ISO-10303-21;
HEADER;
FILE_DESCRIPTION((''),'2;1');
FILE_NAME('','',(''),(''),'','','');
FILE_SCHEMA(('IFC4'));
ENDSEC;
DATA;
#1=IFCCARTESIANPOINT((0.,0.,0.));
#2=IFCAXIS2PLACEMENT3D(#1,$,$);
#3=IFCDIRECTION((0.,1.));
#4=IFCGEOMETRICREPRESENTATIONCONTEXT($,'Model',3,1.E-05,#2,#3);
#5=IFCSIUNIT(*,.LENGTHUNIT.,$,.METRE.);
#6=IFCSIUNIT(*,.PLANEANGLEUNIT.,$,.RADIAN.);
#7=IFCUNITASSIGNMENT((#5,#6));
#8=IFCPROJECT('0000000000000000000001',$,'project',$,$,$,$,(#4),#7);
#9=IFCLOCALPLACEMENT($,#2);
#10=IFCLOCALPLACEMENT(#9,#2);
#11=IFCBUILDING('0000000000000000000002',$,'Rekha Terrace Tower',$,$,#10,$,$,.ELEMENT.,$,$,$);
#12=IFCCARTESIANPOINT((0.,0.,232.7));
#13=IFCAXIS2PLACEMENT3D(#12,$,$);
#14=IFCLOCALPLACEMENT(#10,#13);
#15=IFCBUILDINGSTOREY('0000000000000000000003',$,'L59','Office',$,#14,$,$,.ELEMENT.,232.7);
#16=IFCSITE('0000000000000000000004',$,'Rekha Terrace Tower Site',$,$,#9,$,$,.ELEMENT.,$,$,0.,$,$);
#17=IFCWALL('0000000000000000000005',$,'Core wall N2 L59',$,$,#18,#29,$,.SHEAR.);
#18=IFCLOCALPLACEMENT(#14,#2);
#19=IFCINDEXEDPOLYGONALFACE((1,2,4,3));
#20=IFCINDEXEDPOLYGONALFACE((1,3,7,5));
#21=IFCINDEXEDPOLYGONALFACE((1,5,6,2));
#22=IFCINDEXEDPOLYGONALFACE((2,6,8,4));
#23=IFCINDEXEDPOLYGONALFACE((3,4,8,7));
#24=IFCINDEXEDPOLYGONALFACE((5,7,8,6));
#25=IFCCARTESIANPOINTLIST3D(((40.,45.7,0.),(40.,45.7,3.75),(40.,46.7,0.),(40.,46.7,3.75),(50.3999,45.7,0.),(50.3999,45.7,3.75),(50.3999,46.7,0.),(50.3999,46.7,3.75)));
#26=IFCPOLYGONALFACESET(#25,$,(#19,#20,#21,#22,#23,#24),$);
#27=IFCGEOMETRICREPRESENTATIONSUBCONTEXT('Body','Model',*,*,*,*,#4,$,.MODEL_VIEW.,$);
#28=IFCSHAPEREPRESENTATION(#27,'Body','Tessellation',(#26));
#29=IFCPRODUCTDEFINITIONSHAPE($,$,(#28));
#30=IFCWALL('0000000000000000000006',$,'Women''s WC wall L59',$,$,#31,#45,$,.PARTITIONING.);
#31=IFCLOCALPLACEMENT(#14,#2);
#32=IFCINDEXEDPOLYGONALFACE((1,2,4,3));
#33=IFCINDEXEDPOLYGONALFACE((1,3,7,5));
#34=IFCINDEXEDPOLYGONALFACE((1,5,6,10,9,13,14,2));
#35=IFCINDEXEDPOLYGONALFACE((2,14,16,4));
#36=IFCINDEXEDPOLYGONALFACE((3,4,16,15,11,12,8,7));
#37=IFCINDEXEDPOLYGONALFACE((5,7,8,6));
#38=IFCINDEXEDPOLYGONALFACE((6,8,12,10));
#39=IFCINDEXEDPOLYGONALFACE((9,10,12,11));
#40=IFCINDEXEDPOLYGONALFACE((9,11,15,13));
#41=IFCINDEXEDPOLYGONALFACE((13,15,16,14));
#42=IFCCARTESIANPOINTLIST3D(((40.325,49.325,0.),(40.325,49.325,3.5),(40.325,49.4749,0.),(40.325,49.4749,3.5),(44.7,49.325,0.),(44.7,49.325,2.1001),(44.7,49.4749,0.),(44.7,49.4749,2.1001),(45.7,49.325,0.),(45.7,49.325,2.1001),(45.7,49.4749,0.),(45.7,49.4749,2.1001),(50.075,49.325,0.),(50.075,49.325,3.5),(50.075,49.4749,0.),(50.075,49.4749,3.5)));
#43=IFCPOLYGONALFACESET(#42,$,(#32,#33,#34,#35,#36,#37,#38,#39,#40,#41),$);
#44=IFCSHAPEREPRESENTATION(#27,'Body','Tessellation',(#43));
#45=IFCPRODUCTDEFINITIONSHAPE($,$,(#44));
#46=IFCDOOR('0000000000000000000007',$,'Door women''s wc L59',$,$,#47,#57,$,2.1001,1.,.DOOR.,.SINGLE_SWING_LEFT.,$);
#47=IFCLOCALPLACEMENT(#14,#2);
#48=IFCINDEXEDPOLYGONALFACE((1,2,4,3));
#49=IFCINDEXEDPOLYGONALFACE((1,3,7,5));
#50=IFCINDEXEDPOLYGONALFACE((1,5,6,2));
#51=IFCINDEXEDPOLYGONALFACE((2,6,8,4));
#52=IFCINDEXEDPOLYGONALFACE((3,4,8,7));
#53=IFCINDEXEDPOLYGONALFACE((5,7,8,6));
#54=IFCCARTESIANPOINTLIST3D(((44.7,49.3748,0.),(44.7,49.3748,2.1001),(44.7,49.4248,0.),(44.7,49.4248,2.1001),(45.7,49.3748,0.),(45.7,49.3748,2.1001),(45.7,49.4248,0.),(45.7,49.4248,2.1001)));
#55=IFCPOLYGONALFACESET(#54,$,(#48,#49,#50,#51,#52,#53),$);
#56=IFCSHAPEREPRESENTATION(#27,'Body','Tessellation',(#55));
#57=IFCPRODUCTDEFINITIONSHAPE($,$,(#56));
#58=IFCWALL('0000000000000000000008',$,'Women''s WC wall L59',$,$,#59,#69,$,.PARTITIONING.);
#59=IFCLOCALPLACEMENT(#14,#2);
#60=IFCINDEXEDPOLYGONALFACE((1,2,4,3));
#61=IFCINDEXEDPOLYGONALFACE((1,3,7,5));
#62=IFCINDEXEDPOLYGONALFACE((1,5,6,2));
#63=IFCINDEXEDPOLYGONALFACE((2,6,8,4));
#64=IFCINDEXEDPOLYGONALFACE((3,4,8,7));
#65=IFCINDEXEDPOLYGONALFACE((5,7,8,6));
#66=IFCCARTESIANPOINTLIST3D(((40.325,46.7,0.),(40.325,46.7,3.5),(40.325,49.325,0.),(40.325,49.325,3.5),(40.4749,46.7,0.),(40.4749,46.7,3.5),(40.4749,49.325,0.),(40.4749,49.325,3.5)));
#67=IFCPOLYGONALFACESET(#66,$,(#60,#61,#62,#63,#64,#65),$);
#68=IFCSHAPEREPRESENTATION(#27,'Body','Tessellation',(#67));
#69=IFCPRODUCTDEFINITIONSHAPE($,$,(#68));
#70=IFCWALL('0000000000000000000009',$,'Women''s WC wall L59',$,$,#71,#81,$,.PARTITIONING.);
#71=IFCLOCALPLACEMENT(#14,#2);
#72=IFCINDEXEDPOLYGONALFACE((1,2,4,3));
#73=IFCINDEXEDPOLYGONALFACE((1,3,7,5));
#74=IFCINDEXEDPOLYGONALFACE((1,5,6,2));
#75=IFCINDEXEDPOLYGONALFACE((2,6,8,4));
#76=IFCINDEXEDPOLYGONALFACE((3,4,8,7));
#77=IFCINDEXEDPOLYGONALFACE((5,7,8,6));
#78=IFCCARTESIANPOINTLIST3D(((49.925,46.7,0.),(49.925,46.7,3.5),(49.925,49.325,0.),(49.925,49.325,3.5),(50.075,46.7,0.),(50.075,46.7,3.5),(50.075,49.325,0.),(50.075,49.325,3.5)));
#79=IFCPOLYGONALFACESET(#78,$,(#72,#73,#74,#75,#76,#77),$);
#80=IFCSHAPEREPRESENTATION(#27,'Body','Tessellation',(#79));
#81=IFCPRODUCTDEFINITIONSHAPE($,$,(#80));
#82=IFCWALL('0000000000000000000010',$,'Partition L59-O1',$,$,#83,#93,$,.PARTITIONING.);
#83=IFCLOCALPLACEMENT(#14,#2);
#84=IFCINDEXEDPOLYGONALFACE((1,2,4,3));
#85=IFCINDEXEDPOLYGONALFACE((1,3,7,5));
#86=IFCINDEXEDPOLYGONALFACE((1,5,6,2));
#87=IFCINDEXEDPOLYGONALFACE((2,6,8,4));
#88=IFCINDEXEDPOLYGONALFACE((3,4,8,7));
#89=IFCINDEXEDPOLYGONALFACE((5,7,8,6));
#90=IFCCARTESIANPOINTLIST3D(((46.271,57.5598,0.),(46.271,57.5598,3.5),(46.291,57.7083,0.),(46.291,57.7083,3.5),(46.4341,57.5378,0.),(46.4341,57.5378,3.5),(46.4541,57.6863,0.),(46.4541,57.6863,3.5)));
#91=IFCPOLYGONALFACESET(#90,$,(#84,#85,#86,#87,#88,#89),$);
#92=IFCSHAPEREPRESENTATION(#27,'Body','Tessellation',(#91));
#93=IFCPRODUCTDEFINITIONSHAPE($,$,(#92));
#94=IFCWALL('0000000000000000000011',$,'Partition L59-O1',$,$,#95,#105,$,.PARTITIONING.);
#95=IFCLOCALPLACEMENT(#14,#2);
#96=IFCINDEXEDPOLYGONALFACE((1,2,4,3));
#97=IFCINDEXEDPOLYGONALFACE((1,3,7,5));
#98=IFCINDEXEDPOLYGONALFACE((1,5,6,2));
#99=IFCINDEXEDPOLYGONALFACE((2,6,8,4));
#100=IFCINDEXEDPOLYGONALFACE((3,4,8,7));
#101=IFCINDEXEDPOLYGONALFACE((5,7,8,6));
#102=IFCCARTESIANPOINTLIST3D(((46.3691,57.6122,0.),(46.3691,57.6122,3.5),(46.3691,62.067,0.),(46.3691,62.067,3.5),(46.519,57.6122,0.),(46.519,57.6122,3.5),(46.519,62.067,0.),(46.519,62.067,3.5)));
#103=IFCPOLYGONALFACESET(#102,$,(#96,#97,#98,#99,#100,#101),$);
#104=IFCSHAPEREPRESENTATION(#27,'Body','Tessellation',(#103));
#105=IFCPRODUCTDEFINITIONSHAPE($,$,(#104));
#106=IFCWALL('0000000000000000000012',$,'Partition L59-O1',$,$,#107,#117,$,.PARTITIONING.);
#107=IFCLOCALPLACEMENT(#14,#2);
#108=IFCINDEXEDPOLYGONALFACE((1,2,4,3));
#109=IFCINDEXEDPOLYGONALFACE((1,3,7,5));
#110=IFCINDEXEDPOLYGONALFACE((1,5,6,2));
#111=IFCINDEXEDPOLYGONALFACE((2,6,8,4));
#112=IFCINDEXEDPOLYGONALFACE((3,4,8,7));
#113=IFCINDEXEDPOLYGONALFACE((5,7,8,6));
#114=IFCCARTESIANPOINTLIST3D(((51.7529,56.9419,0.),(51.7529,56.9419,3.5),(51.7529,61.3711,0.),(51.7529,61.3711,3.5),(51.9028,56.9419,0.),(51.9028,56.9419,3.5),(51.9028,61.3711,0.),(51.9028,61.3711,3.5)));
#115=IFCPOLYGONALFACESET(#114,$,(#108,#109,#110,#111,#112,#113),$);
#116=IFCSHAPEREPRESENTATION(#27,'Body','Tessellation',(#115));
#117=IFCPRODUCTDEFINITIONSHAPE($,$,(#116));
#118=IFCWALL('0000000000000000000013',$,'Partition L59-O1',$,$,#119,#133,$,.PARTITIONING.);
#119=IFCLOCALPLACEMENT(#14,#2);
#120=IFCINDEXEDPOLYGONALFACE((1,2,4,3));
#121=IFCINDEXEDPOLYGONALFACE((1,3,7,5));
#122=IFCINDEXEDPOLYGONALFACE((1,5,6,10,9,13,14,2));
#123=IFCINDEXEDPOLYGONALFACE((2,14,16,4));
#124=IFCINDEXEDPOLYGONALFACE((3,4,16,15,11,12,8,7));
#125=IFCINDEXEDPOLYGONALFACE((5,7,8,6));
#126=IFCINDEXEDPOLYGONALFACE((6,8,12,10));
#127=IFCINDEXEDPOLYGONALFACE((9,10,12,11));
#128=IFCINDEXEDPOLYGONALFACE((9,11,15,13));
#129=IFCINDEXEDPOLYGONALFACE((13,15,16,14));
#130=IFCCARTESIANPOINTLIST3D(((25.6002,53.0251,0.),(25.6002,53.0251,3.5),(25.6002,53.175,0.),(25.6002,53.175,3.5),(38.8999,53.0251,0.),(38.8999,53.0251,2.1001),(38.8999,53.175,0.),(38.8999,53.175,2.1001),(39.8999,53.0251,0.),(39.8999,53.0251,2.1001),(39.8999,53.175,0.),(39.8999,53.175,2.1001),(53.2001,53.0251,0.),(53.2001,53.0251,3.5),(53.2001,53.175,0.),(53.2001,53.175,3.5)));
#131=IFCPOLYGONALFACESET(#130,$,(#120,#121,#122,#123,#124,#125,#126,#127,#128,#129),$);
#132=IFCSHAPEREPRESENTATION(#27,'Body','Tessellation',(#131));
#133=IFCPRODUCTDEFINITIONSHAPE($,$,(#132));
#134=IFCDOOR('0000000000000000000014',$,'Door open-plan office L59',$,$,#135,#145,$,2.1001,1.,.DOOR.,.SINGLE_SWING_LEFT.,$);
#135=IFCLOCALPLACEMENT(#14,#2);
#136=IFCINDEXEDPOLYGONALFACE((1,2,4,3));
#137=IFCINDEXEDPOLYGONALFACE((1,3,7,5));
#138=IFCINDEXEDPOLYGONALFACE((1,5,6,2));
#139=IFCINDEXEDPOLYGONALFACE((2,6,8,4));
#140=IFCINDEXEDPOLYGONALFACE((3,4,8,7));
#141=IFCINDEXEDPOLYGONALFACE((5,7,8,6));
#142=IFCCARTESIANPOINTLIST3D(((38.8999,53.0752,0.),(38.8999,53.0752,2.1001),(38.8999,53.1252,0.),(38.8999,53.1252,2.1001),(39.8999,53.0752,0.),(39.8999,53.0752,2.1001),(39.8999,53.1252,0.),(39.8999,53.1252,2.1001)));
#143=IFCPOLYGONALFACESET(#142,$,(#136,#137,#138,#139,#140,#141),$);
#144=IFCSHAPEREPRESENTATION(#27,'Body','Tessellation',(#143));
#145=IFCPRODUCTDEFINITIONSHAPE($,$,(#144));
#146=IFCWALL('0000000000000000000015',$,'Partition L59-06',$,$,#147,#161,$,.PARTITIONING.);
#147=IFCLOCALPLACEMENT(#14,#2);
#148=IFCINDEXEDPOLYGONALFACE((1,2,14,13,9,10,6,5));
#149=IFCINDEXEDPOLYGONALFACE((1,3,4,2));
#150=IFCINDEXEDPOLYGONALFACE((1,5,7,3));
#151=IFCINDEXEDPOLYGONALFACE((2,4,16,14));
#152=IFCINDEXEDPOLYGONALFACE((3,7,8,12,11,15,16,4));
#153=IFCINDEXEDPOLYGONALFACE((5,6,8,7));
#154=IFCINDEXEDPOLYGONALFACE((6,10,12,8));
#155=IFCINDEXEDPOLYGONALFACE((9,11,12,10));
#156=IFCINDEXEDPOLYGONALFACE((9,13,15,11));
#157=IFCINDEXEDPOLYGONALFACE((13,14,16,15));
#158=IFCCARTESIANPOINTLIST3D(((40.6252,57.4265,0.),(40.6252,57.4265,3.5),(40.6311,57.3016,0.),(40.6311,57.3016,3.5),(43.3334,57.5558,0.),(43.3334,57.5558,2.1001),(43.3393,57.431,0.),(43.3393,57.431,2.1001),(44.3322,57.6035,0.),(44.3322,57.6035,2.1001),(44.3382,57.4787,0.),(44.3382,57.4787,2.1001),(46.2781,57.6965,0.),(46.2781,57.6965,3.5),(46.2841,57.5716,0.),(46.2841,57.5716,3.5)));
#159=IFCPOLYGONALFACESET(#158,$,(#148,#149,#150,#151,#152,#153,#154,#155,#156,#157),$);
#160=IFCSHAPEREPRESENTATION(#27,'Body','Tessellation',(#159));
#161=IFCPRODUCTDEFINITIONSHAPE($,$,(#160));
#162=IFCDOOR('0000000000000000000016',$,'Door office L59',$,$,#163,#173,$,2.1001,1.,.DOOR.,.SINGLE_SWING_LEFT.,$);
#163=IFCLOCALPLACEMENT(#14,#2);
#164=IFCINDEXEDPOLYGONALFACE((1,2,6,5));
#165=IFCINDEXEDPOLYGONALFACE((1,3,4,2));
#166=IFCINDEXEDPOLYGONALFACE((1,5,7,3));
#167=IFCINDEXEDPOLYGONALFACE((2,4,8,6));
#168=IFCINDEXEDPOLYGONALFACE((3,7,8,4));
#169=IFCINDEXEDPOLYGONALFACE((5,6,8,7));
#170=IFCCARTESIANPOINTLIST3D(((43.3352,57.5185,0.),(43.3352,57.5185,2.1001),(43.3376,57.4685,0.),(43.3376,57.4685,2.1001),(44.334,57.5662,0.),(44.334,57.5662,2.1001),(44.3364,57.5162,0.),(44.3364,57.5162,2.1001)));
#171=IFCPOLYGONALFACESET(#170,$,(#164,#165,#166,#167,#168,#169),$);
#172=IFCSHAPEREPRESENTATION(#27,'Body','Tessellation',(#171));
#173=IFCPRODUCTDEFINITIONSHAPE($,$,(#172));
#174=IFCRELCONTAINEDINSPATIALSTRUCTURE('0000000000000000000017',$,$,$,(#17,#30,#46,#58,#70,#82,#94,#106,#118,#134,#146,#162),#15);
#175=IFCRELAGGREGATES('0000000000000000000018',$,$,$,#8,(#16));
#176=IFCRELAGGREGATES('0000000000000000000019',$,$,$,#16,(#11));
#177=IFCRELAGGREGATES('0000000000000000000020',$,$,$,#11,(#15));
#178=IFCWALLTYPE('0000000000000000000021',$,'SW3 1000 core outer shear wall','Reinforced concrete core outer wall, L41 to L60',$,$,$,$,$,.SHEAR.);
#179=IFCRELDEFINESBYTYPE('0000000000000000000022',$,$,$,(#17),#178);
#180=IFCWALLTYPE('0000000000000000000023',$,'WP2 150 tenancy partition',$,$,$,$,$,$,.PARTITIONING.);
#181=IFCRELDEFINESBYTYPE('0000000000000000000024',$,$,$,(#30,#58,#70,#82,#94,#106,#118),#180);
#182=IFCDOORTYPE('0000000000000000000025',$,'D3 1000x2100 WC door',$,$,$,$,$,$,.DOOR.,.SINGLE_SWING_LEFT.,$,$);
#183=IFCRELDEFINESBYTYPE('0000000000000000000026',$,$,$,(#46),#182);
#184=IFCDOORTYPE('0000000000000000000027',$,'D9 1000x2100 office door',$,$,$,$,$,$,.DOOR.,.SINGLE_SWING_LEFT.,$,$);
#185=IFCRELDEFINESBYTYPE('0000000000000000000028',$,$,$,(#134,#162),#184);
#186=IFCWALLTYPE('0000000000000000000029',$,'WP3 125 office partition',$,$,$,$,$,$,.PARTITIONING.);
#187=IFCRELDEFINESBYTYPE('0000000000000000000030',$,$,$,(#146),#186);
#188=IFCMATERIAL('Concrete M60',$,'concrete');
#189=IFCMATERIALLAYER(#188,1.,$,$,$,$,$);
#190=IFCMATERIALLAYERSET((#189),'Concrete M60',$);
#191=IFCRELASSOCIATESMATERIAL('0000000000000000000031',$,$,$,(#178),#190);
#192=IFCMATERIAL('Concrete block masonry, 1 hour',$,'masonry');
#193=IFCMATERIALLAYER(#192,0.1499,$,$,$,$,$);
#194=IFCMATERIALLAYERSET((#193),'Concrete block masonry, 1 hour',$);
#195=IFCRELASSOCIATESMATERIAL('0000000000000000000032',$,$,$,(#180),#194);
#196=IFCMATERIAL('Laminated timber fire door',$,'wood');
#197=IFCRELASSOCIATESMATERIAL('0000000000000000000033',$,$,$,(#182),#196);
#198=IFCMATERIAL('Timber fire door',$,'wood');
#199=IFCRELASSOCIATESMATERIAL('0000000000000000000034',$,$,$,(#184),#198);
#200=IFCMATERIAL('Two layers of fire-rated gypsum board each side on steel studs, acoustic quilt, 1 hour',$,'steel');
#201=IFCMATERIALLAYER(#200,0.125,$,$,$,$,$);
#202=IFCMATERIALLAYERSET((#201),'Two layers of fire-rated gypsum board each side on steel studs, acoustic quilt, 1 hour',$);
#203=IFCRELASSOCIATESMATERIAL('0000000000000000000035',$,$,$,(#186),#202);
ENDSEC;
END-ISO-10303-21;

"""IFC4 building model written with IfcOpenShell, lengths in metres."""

from ifc_helpers import new_model, si_unit, direction, frame, frame_2d, origin, place, context, subcontext, project, spatial, rectangle, extrude, material, layer, layer_set, type_object, element, fill, save


model = new_model("IFC4")

# Units and contexts
model_context = context("Model", 3, precision=1e-05, world=origin(), true_north=direction((0.0, 1.0)))
body_context = subcontext(model_context, "Body", "Model", "MODEL_VIEW")
ifc_project = project(units=[si_unit("LENGTHUNIT", "METRE"), si_unit("PLANEANGLEUNIT", "RADIAN")], contexts=[model_context])

# Site, building, storey
site_placement = place(None, origin())
site = spatial("IfcSite", under=ifc_project, at=site_placement, Name="Rekha Terrace Tower Site", CompositionType="ELEMENT", RefElevation=0.0)
building_placement = place(site_placement, origin())
building = spatial("IfcBuilding", under=site, at=building_placement, Name="Rekha Terrace Tower", CompositionType="ELEMENT")
storey_placement = place(building_placement, frame((0.0, 0.0, 232.7)))
storey = spatial("IfcBuildingStorey", under=building, at=storey_placement, Name="L59", Description="Office", CompositionType="ELEMENT", Elevation=232.7)

# Shared definitions
ifc_material_1 = material(Name="Concrete M60", Category="concrete")

# Wall
ifc_layer_1 = layer(ifc_material_1, 1.0)
ifc_layer_set_1 = layer_set([ifc_layer_1], Name="Concrete M60")
wall_type_1 = type_object("IfcWallType", Name="SW3 1000 core outer shear wall", Description="Reinforced concrete core outer wall, L41 to L60", PredefinedType="SHEAR", material=ifc_layer_set_1)
wall_1_placement = place(storey_placement, frame((40.0, 46.2, 0.0), z_axis=(0.0, 0.0, 1.0), x_axis=(1.0, 0.0, 0.0)))
element("IfcWall", 1, at=wall_1_placement, inside=storey, type_object=wall_type_1, Name="Core wall N2 L59", PredefinedType="SHEAR", context=body_context, shape_type="SweptSolid", body=[
    extrude(rectangle(XDim=10.3999, YDim=1.0, at=frame_2d((5.2, 0.0))), origin(), (0.0, 0.0, 1.0), 3.75),
])

# Wall, opening, door
ifc_material_2 = material(Name="Concrete block masonry, 1 hour", Category="masonry")
ifc_layer_2 = layer(ifc_material_2, 0.1499)
ifc_layer_set_2 = layer_set([ifc_layer_2], Name="Concrete block masonry, 1 hour")
wall_type_2 = type_object("IfcWallType", Name="WP2 150 tenancy partition", PredefinedType="PARTITIONING", material=ifc_layer_set_2)
wall_2_placement = place(storey_placement, frame((40.325, 49.3999, 0.0), z_axis=(0.0, 0.0, 1.0), x_axis=(1.0, 0.0, 0.0)))
wall_2 = element("IfcWall", 2, at=wall_2_placement, inside=storey, type_object=wall_type_2, Name="Women's WC wall L59", PredefinedType="PARTITIONING", context=body_context, shape_type="SweptSolid", body=[
    extrude(rectangle(XDim=9.75, YDim=0.1499, at=frame_2d((4.875, 0.0))), origin(), (0.0, 0.0, 1.0), 3.5),
])
opening_1_placement = place(wall_2_placement, frame((4.375, 0.0, 0.0)))
opening_1 = element("IfcOpeningElement", 3, at=opening_1_placement, cuts=wall_2, PredefinedType="OPENING", context=body_context, shape_type="SweptSolid", body=[
    extrude(rectangle(XDim=1.0, YDim=2.1001, at=frame_2d((0.5, 1.05))), frame((0.0, 0.085, 0.0), z_axis=(0.0, -1.0, 0.0), x_axis=(1.0, 0.0, 0.0)), (0.0, 0.0, 1.0), 0.1699),
])
ifc_material_3 = material(Name="Laminated timber fire door", Category="wood")
door_type_1 = type_object("IfcDoorType", Name="D3 1000x2100 WC door", OperationType="SINGLE_SWING_LEFT", PredefinedType="DOOR", material=ifc_material_3)
door_1_placement = place(opening_1_placement, origin())
door_1 = element("IfcDoor", 4, at=door_1_placement, inside=storey, type_object=door_type_1, Name="Door women's wc L59", OperationType="SINGLE_SWING_LEFT", OverallHeight=2.1001, OverallWidth=1.0, PredefinedType="DOOR", context=body_context, shape_type="SweptSolid", body=[
    extrude(rectangle(XDim=1.0, YDim=2.1001, at=frame_2d((0.5, 1.05))), frame((0.0, 0.0249, 0.0), z_axis=(0.0, -1.0, 0.0), x_axis=(1.0, 0.0, 0.0)), (0.0, 0.0, 1.0), 0.05),
])
fill(opening_1, door_1)

# Walls
for number, where, z_axis, x_axis, name in (
    (5, (40.3999, 46.7, 0.0), (0.0, 0.0, 1.0), (0.0, 1.0, 0.0), "Women's WC wall L59"),
    (6, (50.0, 46.7, 0.0), (0.0, 0.0, 1.0), (0.0, 1.0, 0.0), "Women's WC wall L59"),
):
    element("IfcWall", number, at=place(storey_placement, frame(where, z_axis=z_axis, x_axis=x_axis)), inside=storey, type_object=wall_type_2, Name=name, PredefinedType="PARTITIONING", context=body_context, shape_type="SweptSolid", body=[
        extrude(rectangle(XDim=2.625, YDim=0.1499, at=frame_2d((1.3125, 0.0))), origin(), (0.0, 0.0, 1.0), 3.5),
    ])
wall_3_placement = place(storey_placement, frame((46.281, 57.634, 0.0), z_axis=(0.0, 0.0, 1.0), x_axis=(0.991046, -0.133524, 0.0)))
element("IfcWall", 7, at=wall_3_placement, inside=storey, type_object=wall_type_2, Name="Partition L59-O1", PredefinedType="PARTITIONING", context=body_context, shape_type="SweptSolid", body=[
    extrude(rectangle(XDim=0.1646, YDim=0.1499, at=frame_2d((0.0823, 0.0))), origin(), (0.0, 0.0, 1.0), 3.5),
])
wall_4_placement = place(storey_placement, frame((46.4441, 57.6121, 0.0), z_axis=(0.0, 0.0, 1.0), x_axis=(0.0, 1.0, 0.0)))
element("IfcWall", 8, at=wall_4_placement, inside=storey, type_object=wall_type_2, Name="Partition L59-O1", PredefinedType="PARTITIONING", context=body_context, shape_type="SweptSolid", body=[
    extrude(rectangle(XDim=4.4548, YDim=0.1499, at=frame_2d((2.2275, 0.0))), origin(), (0.0, 0.0, 1.0), 3.5),
])
wall_5_placement = place(storey_placement, frame((51.8279, 56.9419, 0.0), z_axis=(0.0, 0.0, 1.0), x_axis=(0.0, 1.0, 0.0)))
element("IfcWall", 9, at=wall_5_placement, inside=storey, type_object=wall_type_2, Name="Partition L59-O1", PredefinedType="PARTITIONING", context=body_context, shape_type="SweptSolid", body=[
    extrude(rectangle(XDim=4.4292, YDim=0.1499, at=frame_2d((2.2146, 0.0))), origin(), (0.0, 0.0, 1.0), 3.5),
])

# Walls, openings, doors
wall_6_placement = place(storey_placement, frame((53.2, 53.1001, 0.0), z_axis=(0.0, 0.0, 1.0), x_axis=(-1.0, 0.0, 0.0)))
wall_6 = element("IfcWall", 10, at=wall_6_placement, inside=storey, type_object=wall_type_2, Name="Partition L59-O1", PredefinedType="PARTITIONING", context=body_context, shape_type="SweptSolid", body=[
    extrude(rectangle(XDim=27.5999, YDim=0.1499, at=frame_2d((13.7998, 0.0))), origin(), (0.0, 0.0, 1.0), 3.5),
])
opening_2_placement = place(wall_6_placement, frame((13.3, 0.0, 0.0)))
opening_2 = element("IfcOpeningElement", 11, at=opening_2_placement, cuts=wall_6, PredefinedType="OPENING", context=body_context, shape_type="SweptSolid", body=[
    extrude(rectangle(XDim=1.0, YDim=2.1001, at=frame_2d((0.5, 1.05))), frame((0.0, 0.085, 0.0), z_axis=(0.0, -1.0, 0.0), x_axis=(1.0, 0.0, 0.0)), (0.0, 0.0, 1.0), 0.1699),
])
ifc_material_4 = material(Name="Timber fire door", Category="wood")
door_type_2 = type_object("IfcDoorType", Name="D9 1000x2100 office door", OperationType="SINGLE_SWING_LEFT", PredefinedType="DOOR", material=ifc_material_4)
door_2_placement = place(opening_2_placement, origin())
door_2 = element("IfcDoor", 12, at=door_2_placement, inside=storey, type_object=door_type_2, Name="Door open-plan office L59", OperationType="SINGLE_SWING_LEFT", OverallHeight=2.1001, OverallWidth=1.0, PredefinedType="DOOR", context=body_context, shape_type="SweptSolid", body=[
    extrude(rectangle(XDim=1.0, YDim=2.1001, at=frame_2d((0.5, 1.05))), frame((0.0, 0.0249, 0.0), z_axis=(0.0, -1.0, 0.0), x_axis=(1.0, 0.0, 0.0)), (0.0, 0.0, 1.0), 0.05),
])
fill(opening_2, door_2)
ifc_material_5 = material(Name="Two layers of fire-rated gypsum board each side on steel studs, acoustic quilt, 1 hour", Category="steel")
ifc_layer_3 = layer(ifc_material_5, 0.125)
ifc_layer_set_3 = layer_set([ifc_layer_3], Name="Two layers of fire-rated gypsum board each side on steel studs, acoustic quilt, 1 hour")
wall_type_3 = type_object("IfcWallType", Name="WP3 125 office partition", PredefinedType="PARTITIONING", material=ifc_layer_set_3)
wall_7_placement = place(storey_placement, frame((46.281, 57.634, 0.0), z_axis=(0.0, 0.0, 1.0), x_axis=(-0.998861, -0.047711, 0.0)))
wall_7 = element("IfcWall", 13, at=wall_7_placement, inside=storey, type_object=wall_type_3, Name="Partition L59-06", PredefinedType="PARTITIONING", context=body_context, shape_type="SweptSolid", body=[
    extrude(rectangle(XDim=5.6594, YDim=0.125, at=frame_2d((2.8296, 0.0))), origin(), (0.0, 0.0, 1.0), 3.5),
])
opening_3_placement = place(wall_7_placement, frame((1.948, 0.0, 0.0)))
opening_3 = element("IfcOpeningElement", 14, at=opening_3_placement, cuts=wall_7, PredefinedType="OPENING", context=body_context, shape_type="SweptSolid", body=[
    extrude(rectangle(XDim=1.0, YDim=2.1001, at=frame_2d((0.5, 1.05))), frame((0.0, 0.0725, 0.0), z_axis=(0.0, -1.0, 0.0), x_axis=(1.0, 0.0, 0.0)), (0.0, 0.0, 1.0), 0.145),
])
door_3_placement = place(opening_3_placement, origin())
door_3 = element("IfcDoor", 15, at=door_3_placement, inside=storey, type_object=door_type_2, Name="Door office L59", OperationType="SINGLE_SWING_LEFT", OverallHeight=2.1001, OverallWidth=1.0, PredefinedType="DOOR", context=body_context, shape_type="SweptSolid", body=[
    extrude(rectangle(XDim=1.0, YDim=2.1001, at=frame_2d((0.5, 1.05))), frame((0.0, 0.0249, 0.0), z_axis=(0.0, -1.0, 0.0), x_axis=(1.0, 0.0, 0.0)), (0.0, 0.0, 1.0), 0.05),
])
fill(opening_3, door_3)

save(model, "model.ifc")
